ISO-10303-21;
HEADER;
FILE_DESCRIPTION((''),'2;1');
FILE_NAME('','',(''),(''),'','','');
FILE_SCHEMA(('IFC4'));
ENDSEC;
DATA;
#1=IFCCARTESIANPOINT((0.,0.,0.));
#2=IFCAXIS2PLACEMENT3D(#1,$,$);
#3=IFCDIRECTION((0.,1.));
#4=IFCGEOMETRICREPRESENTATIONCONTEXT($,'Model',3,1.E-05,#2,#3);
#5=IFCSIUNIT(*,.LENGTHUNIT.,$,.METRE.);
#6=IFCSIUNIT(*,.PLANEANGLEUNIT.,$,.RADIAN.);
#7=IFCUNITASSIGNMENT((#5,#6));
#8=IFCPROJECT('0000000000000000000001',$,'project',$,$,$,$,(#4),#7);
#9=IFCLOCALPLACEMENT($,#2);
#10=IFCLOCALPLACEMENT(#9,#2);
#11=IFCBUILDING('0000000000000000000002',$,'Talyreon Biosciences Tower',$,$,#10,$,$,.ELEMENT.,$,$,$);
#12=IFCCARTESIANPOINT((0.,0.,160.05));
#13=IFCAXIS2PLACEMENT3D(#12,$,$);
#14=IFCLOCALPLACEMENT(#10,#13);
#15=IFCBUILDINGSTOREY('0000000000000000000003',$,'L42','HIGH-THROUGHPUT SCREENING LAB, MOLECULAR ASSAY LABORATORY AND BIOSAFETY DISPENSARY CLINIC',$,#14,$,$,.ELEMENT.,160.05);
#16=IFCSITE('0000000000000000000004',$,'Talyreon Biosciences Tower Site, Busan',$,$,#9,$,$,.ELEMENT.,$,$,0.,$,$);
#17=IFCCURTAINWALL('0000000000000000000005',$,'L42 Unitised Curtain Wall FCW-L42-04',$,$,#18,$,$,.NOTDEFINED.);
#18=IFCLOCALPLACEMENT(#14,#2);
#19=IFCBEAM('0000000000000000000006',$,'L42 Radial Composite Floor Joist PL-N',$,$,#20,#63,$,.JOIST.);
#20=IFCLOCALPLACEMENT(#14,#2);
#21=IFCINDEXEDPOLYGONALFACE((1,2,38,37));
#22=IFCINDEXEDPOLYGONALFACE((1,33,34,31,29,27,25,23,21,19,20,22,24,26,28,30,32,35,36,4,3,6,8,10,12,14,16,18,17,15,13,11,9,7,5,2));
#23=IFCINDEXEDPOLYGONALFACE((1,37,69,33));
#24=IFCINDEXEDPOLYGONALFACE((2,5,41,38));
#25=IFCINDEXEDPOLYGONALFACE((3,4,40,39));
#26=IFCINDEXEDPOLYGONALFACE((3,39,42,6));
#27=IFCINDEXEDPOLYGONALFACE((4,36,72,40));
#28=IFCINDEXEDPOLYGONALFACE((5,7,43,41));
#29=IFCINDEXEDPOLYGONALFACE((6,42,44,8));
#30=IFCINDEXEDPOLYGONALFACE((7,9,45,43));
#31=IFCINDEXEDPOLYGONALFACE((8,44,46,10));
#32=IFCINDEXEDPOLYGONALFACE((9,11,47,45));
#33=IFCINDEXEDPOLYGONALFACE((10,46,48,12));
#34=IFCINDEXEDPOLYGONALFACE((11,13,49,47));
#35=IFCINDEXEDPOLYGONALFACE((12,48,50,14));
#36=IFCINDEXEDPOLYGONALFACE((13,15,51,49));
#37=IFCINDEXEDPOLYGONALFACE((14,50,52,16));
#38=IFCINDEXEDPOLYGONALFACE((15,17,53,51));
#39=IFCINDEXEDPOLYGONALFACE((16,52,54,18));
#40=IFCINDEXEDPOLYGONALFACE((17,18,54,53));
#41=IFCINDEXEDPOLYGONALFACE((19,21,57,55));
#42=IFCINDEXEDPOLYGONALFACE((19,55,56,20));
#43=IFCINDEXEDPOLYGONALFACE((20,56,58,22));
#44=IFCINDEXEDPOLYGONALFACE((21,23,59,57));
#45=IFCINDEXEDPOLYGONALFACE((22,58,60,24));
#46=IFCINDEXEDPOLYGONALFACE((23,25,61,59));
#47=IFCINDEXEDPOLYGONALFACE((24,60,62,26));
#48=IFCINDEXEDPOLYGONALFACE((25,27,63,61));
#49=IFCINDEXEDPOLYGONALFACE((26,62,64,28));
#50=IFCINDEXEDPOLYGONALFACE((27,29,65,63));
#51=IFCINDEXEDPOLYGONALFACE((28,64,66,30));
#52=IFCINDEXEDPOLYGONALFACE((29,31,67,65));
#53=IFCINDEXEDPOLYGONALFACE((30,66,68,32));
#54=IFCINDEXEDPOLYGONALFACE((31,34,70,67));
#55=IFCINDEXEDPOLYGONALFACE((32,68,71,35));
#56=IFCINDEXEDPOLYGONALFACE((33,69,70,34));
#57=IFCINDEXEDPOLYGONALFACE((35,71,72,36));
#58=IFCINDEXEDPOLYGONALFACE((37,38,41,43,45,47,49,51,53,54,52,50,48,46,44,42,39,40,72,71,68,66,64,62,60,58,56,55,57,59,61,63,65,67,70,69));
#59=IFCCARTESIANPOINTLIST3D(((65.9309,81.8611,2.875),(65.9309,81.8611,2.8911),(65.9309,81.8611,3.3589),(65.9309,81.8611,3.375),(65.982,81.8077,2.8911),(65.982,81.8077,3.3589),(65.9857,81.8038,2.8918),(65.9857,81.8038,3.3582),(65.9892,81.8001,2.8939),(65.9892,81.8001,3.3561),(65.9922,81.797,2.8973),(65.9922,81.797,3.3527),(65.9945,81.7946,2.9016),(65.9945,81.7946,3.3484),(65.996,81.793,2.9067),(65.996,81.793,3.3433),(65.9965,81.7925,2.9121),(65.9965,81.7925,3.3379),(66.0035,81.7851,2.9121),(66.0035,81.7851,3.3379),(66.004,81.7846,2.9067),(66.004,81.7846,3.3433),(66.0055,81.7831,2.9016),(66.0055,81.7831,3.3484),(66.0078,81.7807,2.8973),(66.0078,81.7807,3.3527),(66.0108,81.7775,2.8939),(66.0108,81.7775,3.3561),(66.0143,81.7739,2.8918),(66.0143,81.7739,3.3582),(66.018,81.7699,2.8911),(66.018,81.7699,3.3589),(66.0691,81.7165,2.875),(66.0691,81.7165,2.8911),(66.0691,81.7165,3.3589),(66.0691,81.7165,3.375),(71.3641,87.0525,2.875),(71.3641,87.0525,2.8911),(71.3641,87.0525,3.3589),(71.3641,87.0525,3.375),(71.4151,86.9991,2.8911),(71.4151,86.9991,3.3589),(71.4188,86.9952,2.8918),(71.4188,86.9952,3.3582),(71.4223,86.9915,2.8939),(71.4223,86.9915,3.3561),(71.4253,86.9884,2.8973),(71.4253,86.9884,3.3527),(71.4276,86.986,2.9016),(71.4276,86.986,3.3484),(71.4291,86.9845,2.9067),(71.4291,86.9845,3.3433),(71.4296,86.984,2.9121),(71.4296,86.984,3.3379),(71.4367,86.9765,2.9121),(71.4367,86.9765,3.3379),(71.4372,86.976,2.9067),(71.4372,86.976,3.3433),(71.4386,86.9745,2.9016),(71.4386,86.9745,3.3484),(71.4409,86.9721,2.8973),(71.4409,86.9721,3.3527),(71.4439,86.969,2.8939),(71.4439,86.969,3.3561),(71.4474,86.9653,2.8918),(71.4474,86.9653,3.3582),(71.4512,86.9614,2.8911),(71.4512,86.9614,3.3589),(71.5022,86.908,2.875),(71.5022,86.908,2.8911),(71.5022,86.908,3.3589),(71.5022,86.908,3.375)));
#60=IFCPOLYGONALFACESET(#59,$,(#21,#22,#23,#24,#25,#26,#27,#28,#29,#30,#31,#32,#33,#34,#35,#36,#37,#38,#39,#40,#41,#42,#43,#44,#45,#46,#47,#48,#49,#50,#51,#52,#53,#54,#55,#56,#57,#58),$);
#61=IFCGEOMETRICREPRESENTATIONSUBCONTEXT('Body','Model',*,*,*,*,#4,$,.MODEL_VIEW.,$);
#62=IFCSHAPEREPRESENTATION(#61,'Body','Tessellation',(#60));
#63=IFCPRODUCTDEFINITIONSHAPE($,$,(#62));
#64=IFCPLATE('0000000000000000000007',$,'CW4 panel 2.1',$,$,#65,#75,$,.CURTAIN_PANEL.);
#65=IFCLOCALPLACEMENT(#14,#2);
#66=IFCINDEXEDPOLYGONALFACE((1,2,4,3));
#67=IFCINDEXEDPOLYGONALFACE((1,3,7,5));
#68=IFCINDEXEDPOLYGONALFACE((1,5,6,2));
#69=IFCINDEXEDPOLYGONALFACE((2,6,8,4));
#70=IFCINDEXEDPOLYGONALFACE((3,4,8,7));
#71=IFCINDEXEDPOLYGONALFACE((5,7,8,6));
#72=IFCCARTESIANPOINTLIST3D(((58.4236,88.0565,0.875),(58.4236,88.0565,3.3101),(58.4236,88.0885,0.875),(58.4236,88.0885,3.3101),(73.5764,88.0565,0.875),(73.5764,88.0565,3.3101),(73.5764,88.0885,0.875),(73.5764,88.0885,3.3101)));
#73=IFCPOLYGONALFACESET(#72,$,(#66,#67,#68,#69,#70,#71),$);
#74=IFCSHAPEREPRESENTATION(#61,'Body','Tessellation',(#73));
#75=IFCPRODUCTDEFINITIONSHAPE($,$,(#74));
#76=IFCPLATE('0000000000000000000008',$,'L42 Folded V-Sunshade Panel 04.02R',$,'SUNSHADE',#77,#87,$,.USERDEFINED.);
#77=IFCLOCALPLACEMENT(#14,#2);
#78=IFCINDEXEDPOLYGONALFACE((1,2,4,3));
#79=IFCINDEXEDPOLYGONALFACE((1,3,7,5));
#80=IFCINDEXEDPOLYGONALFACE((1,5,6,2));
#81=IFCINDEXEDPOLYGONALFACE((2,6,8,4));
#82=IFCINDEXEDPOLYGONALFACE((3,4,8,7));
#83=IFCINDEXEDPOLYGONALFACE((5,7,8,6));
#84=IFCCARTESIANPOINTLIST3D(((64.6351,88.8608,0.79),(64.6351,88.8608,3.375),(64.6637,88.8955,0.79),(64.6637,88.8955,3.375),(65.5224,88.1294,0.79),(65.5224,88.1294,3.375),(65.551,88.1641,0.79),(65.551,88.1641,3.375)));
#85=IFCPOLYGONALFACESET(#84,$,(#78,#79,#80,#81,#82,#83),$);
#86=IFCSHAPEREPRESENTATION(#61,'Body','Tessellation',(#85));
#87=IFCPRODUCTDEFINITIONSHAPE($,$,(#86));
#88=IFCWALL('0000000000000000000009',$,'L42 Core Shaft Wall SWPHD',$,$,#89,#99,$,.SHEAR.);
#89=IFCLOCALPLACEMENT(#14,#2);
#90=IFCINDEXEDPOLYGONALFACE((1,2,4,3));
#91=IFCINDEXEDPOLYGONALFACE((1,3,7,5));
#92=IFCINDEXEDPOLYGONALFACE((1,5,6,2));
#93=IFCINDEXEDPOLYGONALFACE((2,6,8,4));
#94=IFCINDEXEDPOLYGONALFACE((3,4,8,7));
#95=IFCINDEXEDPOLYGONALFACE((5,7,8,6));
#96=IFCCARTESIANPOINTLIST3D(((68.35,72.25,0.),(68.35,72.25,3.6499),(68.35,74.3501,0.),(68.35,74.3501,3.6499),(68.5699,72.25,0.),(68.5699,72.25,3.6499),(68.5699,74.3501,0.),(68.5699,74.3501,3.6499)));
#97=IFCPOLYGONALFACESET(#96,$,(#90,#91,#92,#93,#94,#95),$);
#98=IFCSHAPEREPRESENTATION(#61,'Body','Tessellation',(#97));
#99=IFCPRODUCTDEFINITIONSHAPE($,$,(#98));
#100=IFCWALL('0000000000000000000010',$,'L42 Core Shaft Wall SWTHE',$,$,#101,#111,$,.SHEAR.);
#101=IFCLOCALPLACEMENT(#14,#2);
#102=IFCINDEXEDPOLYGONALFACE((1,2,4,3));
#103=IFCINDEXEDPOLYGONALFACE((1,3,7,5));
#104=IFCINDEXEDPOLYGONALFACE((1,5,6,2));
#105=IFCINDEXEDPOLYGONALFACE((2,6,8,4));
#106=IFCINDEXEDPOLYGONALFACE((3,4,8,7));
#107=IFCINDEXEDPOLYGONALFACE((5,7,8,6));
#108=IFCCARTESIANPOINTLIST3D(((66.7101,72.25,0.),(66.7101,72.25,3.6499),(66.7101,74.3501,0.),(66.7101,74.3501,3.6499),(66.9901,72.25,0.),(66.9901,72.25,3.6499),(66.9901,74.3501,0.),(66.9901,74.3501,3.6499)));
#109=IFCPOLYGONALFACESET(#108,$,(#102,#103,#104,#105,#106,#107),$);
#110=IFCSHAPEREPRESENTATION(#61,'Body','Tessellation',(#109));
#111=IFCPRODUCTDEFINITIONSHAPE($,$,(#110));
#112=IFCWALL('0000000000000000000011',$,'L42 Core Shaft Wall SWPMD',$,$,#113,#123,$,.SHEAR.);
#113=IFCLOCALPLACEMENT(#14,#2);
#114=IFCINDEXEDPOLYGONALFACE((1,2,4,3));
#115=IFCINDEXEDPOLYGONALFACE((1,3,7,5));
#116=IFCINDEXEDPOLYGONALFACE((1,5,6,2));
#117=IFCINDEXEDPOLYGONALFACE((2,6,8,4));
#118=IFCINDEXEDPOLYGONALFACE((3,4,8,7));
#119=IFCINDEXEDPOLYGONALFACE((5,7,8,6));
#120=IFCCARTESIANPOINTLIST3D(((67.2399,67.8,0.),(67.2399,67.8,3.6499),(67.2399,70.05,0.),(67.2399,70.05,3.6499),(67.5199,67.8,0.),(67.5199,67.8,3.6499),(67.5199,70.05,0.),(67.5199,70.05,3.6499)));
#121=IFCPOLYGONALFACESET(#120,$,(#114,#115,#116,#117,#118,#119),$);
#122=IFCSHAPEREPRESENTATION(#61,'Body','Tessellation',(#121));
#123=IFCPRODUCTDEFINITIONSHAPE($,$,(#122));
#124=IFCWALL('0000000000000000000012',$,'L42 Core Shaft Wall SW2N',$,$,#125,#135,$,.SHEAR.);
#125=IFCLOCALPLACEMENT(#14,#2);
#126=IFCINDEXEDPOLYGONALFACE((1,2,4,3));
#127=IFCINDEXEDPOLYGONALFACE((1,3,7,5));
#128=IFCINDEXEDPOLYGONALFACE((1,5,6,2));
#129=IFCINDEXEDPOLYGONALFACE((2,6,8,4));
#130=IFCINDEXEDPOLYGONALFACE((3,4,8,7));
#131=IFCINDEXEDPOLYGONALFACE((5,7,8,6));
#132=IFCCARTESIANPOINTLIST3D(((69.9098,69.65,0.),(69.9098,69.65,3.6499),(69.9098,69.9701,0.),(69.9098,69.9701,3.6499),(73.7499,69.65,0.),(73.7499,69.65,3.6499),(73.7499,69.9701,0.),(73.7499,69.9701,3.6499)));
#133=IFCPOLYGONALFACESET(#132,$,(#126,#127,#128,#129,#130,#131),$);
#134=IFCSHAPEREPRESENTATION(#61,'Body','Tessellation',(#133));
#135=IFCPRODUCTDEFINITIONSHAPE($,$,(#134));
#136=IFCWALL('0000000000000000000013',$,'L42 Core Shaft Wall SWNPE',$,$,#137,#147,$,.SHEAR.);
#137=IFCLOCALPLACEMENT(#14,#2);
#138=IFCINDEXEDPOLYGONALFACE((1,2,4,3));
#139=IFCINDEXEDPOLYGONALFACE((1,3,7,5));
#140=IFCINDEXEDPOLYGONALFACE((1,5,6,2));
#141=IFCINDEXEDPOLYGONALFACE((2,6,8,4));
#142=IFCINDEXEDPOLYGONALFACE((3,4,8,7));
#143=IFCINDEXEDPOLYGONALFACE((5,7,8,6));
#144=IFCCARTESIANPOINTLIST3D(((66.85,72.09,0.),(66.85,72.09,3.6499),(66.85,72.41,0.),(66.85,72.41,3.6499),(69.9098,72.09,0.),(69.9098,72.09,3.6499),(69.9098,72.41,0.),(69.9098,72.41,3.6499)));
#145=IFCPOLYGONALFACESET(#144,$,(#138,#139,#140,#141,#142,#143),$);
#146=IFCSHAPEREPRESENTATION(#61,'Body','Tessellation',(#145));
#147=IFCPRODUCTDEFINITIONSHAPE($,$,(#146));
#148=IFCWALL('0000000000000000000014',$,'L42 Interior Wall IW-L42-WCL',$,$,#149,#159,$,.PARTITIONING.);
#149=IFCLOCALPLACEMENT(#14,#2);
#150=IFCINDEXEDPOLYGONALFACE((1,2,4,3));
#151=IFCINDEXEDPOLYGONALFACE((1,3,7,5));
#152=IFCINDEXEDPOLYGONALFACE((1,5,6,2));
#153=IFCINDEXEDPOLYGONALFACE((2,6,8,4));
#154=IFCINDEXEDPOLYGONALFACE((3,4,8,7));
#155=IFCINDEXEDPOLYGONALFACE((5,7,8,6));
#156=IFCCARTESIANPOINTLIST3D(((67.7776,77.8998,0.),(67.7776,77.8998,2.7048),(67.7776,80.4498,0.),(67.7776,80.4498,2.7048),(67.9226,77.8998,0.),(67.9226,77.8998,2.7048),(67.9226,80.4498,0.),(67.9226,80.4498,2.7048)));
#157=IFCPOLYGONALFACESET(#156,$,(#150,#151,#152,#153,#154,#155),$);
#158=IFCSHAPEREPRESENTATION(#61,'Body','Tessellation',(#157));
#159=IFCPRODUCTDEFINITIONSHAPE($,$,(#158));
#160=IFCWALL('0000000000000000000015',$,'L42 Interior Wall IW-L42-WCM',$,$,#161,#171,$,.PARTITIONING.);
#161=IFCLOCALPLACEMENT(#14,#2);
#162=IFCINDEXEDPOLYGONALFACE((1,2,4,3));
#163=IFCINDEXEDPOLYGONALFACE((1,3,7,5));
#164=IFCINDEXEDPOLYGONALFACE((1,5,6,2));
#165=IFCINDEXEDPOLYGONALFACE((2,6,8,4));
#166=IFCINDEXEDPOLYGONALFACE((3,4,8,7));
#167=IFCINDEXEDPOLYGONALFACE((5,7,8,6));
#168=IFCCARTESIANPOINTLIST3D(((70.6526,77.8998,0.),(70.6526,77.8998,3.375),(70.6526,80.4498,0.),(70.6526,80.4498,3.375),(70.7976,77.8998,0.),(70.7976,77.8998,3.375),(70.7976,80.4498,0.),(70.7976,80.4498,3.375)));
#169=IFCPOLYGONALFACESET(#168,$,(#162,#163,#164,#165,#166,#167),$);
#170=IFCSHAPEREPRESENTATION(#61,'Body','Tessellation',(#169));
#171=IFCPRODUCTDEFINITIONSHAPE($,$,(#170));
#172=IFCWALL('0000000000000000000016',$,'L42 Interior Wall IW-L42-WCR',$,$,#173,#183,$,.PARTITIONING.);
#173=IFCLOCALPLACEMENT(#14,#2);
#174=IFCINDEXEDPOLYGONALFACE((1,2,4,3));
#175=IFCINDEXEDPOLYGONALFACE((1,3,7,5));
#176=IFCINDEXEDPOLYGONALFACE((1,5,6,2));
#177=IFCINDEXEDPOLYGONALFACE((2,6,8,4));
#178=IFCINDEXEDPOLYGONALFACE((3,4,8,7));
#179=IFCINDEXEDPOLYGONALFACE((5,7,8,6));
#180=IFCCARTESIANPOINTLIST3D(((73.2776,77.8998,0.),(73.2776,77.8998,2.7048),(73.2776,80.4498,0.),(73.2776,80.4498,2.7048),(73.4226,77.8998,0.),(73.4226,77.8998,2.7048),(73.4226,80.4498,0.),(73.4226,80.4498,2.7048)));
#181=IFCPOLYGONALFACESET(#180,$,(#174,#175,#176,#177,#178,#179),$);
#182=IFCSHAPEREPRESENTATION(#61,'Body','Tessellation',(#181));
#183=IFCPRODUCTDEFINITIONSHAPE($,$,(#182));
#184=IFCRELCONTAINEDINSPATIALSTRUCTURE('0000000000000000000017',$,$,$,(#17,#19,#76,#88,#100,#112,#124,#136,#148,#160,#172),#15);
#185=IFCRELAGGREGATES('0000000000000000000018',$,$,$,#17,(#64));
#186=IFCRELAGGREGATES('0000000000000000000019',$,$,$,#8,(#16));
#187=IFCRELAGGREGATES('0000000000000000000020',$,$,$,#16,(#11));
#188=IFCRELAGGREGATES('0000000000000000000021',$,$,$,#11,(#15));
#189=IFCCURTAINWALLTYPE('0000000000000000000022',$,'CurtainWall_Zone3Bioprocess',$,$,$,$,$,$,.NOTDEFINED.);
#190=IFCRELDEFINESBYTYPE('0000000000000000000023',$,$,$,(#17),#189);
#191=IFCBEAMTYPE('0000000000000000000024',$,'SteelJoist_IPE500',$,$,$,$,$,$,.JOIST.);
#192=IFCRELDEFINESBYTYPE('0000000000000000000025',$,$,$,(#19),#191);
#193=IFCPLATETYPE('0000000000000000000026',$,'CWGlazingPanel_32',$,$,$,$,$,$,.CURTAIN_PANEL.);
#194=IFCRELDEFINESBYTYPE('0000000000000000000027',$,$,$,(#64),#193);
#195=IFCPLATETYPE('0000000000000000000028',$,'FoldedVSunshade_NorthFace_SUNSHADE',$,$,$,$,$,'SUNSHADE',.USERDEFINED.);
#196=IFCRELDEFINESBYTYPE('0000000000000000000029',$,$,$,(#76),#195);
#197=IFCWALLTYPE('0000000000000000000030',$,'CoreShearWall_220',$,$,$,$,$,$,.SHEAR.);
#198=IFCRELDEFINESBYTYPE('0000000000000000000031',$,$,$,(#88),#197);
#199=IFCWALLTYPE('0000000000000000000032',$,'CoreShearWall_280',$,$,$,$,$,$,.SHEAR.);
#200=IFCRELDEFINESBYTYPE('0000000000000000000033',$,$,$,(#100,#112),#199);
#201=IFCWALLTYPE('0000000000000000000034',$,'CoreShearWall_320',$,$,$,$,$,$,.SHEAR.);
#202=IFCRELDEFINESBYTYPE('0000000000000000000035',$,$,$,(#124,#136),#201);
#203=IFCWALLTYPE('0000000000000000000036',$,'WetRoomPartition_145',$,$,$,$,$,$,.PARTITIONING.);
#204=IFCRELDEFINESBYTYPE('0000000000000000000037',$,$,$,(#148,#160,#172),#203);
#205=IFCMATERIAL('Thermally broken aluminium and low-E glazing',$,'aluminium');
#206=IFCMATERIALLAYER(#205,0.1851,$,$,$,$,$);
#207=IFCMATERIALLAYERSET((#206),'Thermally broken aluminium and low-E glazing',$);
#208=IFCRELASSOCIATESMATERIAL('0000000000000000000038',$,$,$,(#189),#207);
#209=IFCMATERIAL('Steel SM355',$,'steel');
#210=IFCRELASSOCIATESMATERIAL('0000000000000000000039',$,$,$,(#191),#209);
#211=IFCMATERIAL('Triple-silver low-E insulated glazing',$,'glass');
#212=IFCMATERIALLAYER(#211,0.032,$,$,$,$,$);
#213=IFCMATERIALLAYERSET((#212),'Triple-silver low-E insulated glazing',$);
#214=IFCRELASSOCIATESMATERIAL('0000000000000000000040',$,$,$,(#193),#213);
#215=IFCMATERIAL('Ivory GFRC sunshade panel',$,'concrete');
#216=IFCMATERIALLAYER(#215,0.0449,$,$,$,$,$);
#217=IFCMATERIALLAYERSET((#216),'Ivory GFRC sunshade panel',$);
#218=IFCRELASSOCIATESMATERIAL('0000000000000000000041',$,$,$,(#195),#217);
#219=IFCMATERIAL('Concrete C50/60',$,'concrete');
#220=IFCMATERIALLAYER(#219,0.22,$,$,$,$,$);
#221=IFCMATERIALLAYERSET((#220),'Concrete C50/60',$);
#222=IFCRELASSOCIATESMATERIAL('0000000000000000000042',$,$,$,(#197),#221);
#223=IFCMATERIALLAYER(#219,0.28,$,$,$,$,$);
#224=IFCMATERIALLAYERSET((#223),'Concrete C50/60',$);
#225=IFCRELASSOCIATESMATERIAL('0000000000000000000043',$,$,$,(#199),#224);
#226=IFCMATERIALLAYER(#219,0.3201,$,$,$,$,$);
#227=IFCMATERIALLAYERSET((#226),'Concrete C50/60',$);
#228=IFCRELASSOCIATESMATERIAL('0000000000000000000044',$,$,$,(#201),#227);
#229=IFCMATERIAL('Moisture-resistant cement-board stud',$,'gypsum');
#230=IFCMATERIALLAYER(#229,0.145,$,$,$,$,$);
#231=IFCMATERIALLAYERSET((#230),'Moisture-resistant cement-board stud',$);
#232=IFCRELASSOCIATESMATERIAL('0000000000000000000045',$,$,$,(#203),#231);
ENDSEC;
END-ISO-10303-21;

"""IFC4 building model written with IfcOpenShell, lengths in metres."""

from ifc_helpers import new_model, si_unit, direction, frame, frame_2d, origin, origin_2d, place, context, subcontext, project, spatial, rectangle, i_section, extrude, material, layer, layer_set, material_profile, profile_set, type_object, element, aggregate, save


model = new_model("IFC4")

# Units and contexts
model_context = context("Model", 3, precision=1e-05, world=origin(), true_north=direction((0.0, 1.0)))
body_context = subcontext(model_context, "Body", "Model", "MODEL_VIEW")
ifc_project = project(units=[si_unit("LENGTHUNIT", "METRE"), si_unit("PLANEANGLEUNIT", "RADIAN")], contexts=[model_context])

# Site, building, storey
site_placement = place(None, origin())
site = spatial("IfcSite", under=ifc_project, at=site_placement, Name="Talyreon Biosciences Tower Site, Busan", CompositionType="ELEMENT", RefElevation=0.0)
building_placement = place(site_placement, origin())
building = spatial("IfcBuilding", under=site, at=building_placement, Name="Talyreon Biosciences Tower", CompositionType="ELEMENT")
storey_placement = place(building_placement, frame((0.0, 0.0, 160.05)))
storey = spatial("IfcBuildingStorey", under=building, at=storey_placement, Name="L42", Description="HIGH-THROUGHPUT SCREENING LAB, MOLECULAR ASSAY LABORATORY AND BIOSAFETY DISPENSARY CLINIC", CompositionType="ELEMENT", Elevation=160.05)

# Shared definitions
ifc_material_1 = material(Name="Concrete C50/60", Category="concrete")

# Curtain wall
ifc_material_2 = material(Name="Thermally broken aluminium and low-E glazing", Category="aluminium")
ifc_layer_1 = layer(ifc_material_2, 0.1851)
ifc_layer_set_1 = layer_set([ifc_layer_1], Name="Thermally broken aluminium and low-E glazing")
curtain_wall_type = type_object("IfcCurtainWallType", Name="CurtainWall_Zone3Bioprocess", PredefinedType="NOTDEFINED", material=ifc_layer_set_1)
curtain_wall_placement = place(storey_placement, origin())
curtain_wall = element("IfcCurtainWall", 1, at=curtain_wall_placement, inside=storey, type_object=curtain_wall_type, Name="L42 Unitised Curtain Wall FCW-L42-04", PredefinedType="NOTDEFINED")

# Beam
ifc_material_3 = material(Name="Steel SM355", Category="steel")
ifc_material_profile_1 = material_profile(ifc_material_3, i_section(OverallWidth=0.2, OverallDepth=0.5, WebThickness=0.0103, FlangeThickness=0.0161, FilletRadius=0.021, at=origin_2d()), Name="IPE500")
ifc_profile_set_1 = profile_set([ifc_material_profile_1], Name="Steel SM355")
beam_type_1 = type_object("IfcBeamType", Name="SteelJoist_IPE500", PredefinedType="JOIST", material=ifc_profile_set_1)
beam_1_placement = place(storey_placement, frame((66.0, 81.7888, 3.125), z_axis=(0.723006, 0.690842, 0.0), x_axis=(-0.690842, 0.723006, 0.0)))
element("IfcBeam", 2, at=beam_1_placement, inside=storey, type_object=beam_type_1, Name="L42 Radial Composite Floor Joist PL-N", PredefinedType="JOIST", context=body_context, shape_type="SweptSolid", body=[
    extrude(i_section(OverallWidth=0.2, OverallDepth=0.5, WebThickness=0.0103, FlangeThickness=0.0161, FilletRadius=0.021, at=origin_2d()), origin(), (0.0, 0.0, 1.0), 7.5146),
])

# Plates
ifc_material_4 = material(Name="Triple-silver low-E insulated glazing", Category="glass")
ifc_layer_2 = layer(ifc_material_4, 0.032)
ifc_layer_set_2 = layer_set([ifc_layer_2], Name="Triple-silver low-E insulated glazing")
plate_type_1 = type_object("IfcPlateType", Name="CWGlazingPanel_32", PredefinedType="CURTAIN_PANEL", material=ifc_layer_set_2)
plate_1_placement = place(storey_placement, frame((66.0, 88.0725, 0.875), z_axis=(0.0, 0.0, 1.0), x_axis=(1.0, 0.0, 0.0)))
plate_1 = element("IfcPlate", 3, at=plate_1_placement, type_object=plate_type_1, Name="CW4 panel 2.1", PredefinedType="CURTAIN_PANEL", context=body_context, shape_type="SweptSolid", body=[
    extrude(rectangle(XDim=15.1528, YDim=0.032, at=origin_2d()), origin(), (0.0, 0.0, 1.0), 2.4351),
])
aggregate(curtain_wall, [plate_1])
ifc_material_5 = material(Name="Ivory GFRC sunshade panel", Category="concrete")
ifc_layer_3 = layer(ifc_material_5, 0.0449)
ifc_layer_set_3 = layer_set([ifc_layer_3], Name="Ivory GFRC sunshade panel")
plate_type_2 = type_object("IfcPlateType", Name="FoldedVSunshade_NorthFace_SUNSHADE", ElementType="SUNSHADE", PredefinedType="USERDEFINED", material=ifc_layer_set_3)
plate_2_placement = place(storey_placement, frame((65.093, 88.5125, 0.79), z_axis=(0.0, 0.0, 1.0), x_axis=(0.771625, -0.636078, 0.0)))
element("IfcPlate", 4, at=plate_2_placement, inside=storey, type_object=plate_type_2, Name="L42 Folded V-Sunshade Panel 04.02R", ObjectType="SUNSHADE", PredefinedType="USERDEFINED", context=body_context, shape_type="SweptSolid", body=[
    extrude(rectangle(XDim=1.1499, YDim=0.0449, at=origin_2d()), origin(), (0.0, 0.0, 1.0), 2.585),
])

# Walls
ifc_layer_4 = layer(ifc_material_1, 0.22)
ifc_layer_set_4 = layer_set([ifc_layer_4], Name="Concrete C50/60")
wall_type_1 = type_object("IfcWallType", Name="CoreShearWall_220", PredefinedType="SHEAR", material=ifc_layer_set_4)
wall_1_placement = place(storey_placement, frame((68.46, 72.25, 0.0), z_axis=(0.0, 0.0, 1.0), x_axis=(0.0, 1.0, 0.0)))
element("IfcWall", 5, at=wall_1_placement, inside=storey, type_object=wall_type_1, Name="L42 Core Shaft Wall SWPHD", PredefinedType="SHEAR", context=body_context, shape_type="SweptSolid", body=[
    extrude(rectangle(XDim=2.1001, YDim=0.22, at=frame_2d((1.05, 0.0))), origin(), (0.0, 0.0, 1.0), 3.6499),
])
ifc_layer_5 = layer(ifc_material_1, 0.28)
ifc_layer_set_5 = layer_set([ifc_layer_5], Name="Concrete C50/60")
wall_type_2 = type_object("IfcWallType", Name="CoreShearWall_280", PredefinedType="SHEAR", material=ifc_layer_set_5)
wall_2_placement = place(storey_placement, frame((66.8501, 72.25, 0.0), z_axis=(0.0, 0.0, 1.0), x_axis=(0.0, 1.0, 0.0)))
element("IfcWall", 6, at=wall_2_placement, inside=storey, type_object=wall_type_2, Name="L42 Core Shaft Wall SWTHE", PredefinedType="SHEAR", context=body_context, shape_type="SweptSolid", body=[
    extrude(rectangle(XDim=2.1001, YDim=0.28, at=frame_2d((1.05, 0.0))), origin(), (0.0, 0.0, 1.0), 3.6499),
])
wall_3_placement = place(storey_placement, frame((67.3799, 67.8, 0.0), z_axis=(0.0, 0.0, 1.0), x_axis=(0.0, 1.0, 0.0)))
element("IfcWall", 7, at=wall_3_placement, inside=storey, type_object=wall_type_2, Name="L42 Core Shaft Wall SWPMD", PredefinedType="SHEAR", context=body_context, shape_type="SweptSolid", body=[
    extrude(rectangle(XDim=2.25, YDim=0.28, at=frame_2d((1.125, 0.0))), origin(), (0.0, 0.0, 1.0), 3.6499),
])
ifc_layer_6 = layer(ifc_material_1, 0.3201)
ifc_layer_set_6 = layer_set([ifc_layer_6], Name="Concrete C50/60")
wall_type_3 = type_object("IfcWallType", Name="CoreShearWall_320", PredefinedType="SHEAR", material=ifc_layer_set_6)
wall_4_placement = place(storey_placement, frame((69.9099, 69.8101, 0.0), z_axis=(0.0, 0.0, 1.0), x_axis=(1.0, 0.0, 0.0)))
element("IfcWall", 8, at=wall_4_placement, inside=storey, type_object=wall_type_3, Name="L42 Core Shaft Wall SW2N", PredefinedType="SHEAR", context=body_context, shape_type="SweptSolid", body=[
    extrude(rectangle(XDim=3.8401, YDim=0.3201, at=frame_2d((1.9199, 0.0))), origin(), (0.0, 0.0, 1.0), 3.6499),
])
wall_5_placement = place(storey_placement, frame((66.8501, 72.25, 0.0), z_axis=(0.0, 0.0, 1.0), x_axis=(1.0, 0.0, 0.0)))
element("IfcWall", 9, at=wall_5_placement, inside=storey, type_object=wall_type_3, Name="L42 Core Shaft Wall SWNPE", PredefinedType="SHEAR", context=body_context, shape_type="SweptSolid", body=[
    extrude(rectangle(XDim=3.0598, YDim=0.3201, at=frame_2d((1.5298, 0.0))), origin(), (0.0, 0.0, 1.0), 3.6499),
])
ifc_material_6 = material(Name="Moisture-resistant cement-board stud", Category="gypsum")
ifc_layer_7 = layer(ifc_material_6, 0.145)
ifc_layer_set_7 = layer_set([ifc_layer_7], Name="Moisture-resistant cement-board stud")
wall_type_4 = type_object("IfcWallType", Name="WetRoomPartition_145", PredefinedType="PARTITIONING", material=ifc_layer_set_7)
wall_6_placement = place(storey_placement, frame((67.8501, 77.8999, 0.0), z_axis=(0.0, 0.0, 1.0), x_axis=(0.0, 1.0, 0.0)))
element("IfcWall", 10, at=wall_6_placement, inside=storey, type_object=wall_type_4, Name="L42 Interior Wall IW-L42-WCL", PredefinedType="PARTITIONING", context=body_context, shape_type="SweptSolid", body=[
    extrude(rectangle(XDim=2.55, YDim=0.145, at=frame_2d((1.2749, 0.0))), origin(), (0.0, 0.0, 1.0), 2.7048),
])
wall_7_placement = place(storey_placement, frame((70.7251, 77.8999, 0.0), z_axis=(0.0, 0.0, 1.0), x_axis=(0.0, 1.0, 0.0)))
element("IfcWall", 11, at=wall_7_placement, inside=storey, type_object=wall_type_4, Name="L42 Interior Wall IW-L42-WCM", PredefinedType="PARTITIONING", context=body_context, shape_type="SweptSolid", body=[
    extrude(rectangle(XDim=2.55, YDim=0.145, at=frame_2d((1.2749, 0.0))), origin(), (0.0, 0.0, 1.0), 3.375),
])
wall_8_placement = place(storey_placement, frame((73.3501, 77.8999, 0.0), z_axis=(0.0, 0.0, 1.0), x_axis=(0.0, 1.0, 0.0)))
element("IfcWall", 12, at=wall_8_placement, inside=storey, type_object=wall_type_4, Name="L42 Interior Wall IW-L42-WCR", PredefinedType="PARTITIONING", context=body_context, shape_type="SweptSolid", body=[
    extrude(rectangle(XDim=2.55, YDim=0.145, at=frame_2d((1.2749, 0.0))), origin(), (0.0, 0.0, 1.0), 2.7048),
])

save(model, "model.ifc")
